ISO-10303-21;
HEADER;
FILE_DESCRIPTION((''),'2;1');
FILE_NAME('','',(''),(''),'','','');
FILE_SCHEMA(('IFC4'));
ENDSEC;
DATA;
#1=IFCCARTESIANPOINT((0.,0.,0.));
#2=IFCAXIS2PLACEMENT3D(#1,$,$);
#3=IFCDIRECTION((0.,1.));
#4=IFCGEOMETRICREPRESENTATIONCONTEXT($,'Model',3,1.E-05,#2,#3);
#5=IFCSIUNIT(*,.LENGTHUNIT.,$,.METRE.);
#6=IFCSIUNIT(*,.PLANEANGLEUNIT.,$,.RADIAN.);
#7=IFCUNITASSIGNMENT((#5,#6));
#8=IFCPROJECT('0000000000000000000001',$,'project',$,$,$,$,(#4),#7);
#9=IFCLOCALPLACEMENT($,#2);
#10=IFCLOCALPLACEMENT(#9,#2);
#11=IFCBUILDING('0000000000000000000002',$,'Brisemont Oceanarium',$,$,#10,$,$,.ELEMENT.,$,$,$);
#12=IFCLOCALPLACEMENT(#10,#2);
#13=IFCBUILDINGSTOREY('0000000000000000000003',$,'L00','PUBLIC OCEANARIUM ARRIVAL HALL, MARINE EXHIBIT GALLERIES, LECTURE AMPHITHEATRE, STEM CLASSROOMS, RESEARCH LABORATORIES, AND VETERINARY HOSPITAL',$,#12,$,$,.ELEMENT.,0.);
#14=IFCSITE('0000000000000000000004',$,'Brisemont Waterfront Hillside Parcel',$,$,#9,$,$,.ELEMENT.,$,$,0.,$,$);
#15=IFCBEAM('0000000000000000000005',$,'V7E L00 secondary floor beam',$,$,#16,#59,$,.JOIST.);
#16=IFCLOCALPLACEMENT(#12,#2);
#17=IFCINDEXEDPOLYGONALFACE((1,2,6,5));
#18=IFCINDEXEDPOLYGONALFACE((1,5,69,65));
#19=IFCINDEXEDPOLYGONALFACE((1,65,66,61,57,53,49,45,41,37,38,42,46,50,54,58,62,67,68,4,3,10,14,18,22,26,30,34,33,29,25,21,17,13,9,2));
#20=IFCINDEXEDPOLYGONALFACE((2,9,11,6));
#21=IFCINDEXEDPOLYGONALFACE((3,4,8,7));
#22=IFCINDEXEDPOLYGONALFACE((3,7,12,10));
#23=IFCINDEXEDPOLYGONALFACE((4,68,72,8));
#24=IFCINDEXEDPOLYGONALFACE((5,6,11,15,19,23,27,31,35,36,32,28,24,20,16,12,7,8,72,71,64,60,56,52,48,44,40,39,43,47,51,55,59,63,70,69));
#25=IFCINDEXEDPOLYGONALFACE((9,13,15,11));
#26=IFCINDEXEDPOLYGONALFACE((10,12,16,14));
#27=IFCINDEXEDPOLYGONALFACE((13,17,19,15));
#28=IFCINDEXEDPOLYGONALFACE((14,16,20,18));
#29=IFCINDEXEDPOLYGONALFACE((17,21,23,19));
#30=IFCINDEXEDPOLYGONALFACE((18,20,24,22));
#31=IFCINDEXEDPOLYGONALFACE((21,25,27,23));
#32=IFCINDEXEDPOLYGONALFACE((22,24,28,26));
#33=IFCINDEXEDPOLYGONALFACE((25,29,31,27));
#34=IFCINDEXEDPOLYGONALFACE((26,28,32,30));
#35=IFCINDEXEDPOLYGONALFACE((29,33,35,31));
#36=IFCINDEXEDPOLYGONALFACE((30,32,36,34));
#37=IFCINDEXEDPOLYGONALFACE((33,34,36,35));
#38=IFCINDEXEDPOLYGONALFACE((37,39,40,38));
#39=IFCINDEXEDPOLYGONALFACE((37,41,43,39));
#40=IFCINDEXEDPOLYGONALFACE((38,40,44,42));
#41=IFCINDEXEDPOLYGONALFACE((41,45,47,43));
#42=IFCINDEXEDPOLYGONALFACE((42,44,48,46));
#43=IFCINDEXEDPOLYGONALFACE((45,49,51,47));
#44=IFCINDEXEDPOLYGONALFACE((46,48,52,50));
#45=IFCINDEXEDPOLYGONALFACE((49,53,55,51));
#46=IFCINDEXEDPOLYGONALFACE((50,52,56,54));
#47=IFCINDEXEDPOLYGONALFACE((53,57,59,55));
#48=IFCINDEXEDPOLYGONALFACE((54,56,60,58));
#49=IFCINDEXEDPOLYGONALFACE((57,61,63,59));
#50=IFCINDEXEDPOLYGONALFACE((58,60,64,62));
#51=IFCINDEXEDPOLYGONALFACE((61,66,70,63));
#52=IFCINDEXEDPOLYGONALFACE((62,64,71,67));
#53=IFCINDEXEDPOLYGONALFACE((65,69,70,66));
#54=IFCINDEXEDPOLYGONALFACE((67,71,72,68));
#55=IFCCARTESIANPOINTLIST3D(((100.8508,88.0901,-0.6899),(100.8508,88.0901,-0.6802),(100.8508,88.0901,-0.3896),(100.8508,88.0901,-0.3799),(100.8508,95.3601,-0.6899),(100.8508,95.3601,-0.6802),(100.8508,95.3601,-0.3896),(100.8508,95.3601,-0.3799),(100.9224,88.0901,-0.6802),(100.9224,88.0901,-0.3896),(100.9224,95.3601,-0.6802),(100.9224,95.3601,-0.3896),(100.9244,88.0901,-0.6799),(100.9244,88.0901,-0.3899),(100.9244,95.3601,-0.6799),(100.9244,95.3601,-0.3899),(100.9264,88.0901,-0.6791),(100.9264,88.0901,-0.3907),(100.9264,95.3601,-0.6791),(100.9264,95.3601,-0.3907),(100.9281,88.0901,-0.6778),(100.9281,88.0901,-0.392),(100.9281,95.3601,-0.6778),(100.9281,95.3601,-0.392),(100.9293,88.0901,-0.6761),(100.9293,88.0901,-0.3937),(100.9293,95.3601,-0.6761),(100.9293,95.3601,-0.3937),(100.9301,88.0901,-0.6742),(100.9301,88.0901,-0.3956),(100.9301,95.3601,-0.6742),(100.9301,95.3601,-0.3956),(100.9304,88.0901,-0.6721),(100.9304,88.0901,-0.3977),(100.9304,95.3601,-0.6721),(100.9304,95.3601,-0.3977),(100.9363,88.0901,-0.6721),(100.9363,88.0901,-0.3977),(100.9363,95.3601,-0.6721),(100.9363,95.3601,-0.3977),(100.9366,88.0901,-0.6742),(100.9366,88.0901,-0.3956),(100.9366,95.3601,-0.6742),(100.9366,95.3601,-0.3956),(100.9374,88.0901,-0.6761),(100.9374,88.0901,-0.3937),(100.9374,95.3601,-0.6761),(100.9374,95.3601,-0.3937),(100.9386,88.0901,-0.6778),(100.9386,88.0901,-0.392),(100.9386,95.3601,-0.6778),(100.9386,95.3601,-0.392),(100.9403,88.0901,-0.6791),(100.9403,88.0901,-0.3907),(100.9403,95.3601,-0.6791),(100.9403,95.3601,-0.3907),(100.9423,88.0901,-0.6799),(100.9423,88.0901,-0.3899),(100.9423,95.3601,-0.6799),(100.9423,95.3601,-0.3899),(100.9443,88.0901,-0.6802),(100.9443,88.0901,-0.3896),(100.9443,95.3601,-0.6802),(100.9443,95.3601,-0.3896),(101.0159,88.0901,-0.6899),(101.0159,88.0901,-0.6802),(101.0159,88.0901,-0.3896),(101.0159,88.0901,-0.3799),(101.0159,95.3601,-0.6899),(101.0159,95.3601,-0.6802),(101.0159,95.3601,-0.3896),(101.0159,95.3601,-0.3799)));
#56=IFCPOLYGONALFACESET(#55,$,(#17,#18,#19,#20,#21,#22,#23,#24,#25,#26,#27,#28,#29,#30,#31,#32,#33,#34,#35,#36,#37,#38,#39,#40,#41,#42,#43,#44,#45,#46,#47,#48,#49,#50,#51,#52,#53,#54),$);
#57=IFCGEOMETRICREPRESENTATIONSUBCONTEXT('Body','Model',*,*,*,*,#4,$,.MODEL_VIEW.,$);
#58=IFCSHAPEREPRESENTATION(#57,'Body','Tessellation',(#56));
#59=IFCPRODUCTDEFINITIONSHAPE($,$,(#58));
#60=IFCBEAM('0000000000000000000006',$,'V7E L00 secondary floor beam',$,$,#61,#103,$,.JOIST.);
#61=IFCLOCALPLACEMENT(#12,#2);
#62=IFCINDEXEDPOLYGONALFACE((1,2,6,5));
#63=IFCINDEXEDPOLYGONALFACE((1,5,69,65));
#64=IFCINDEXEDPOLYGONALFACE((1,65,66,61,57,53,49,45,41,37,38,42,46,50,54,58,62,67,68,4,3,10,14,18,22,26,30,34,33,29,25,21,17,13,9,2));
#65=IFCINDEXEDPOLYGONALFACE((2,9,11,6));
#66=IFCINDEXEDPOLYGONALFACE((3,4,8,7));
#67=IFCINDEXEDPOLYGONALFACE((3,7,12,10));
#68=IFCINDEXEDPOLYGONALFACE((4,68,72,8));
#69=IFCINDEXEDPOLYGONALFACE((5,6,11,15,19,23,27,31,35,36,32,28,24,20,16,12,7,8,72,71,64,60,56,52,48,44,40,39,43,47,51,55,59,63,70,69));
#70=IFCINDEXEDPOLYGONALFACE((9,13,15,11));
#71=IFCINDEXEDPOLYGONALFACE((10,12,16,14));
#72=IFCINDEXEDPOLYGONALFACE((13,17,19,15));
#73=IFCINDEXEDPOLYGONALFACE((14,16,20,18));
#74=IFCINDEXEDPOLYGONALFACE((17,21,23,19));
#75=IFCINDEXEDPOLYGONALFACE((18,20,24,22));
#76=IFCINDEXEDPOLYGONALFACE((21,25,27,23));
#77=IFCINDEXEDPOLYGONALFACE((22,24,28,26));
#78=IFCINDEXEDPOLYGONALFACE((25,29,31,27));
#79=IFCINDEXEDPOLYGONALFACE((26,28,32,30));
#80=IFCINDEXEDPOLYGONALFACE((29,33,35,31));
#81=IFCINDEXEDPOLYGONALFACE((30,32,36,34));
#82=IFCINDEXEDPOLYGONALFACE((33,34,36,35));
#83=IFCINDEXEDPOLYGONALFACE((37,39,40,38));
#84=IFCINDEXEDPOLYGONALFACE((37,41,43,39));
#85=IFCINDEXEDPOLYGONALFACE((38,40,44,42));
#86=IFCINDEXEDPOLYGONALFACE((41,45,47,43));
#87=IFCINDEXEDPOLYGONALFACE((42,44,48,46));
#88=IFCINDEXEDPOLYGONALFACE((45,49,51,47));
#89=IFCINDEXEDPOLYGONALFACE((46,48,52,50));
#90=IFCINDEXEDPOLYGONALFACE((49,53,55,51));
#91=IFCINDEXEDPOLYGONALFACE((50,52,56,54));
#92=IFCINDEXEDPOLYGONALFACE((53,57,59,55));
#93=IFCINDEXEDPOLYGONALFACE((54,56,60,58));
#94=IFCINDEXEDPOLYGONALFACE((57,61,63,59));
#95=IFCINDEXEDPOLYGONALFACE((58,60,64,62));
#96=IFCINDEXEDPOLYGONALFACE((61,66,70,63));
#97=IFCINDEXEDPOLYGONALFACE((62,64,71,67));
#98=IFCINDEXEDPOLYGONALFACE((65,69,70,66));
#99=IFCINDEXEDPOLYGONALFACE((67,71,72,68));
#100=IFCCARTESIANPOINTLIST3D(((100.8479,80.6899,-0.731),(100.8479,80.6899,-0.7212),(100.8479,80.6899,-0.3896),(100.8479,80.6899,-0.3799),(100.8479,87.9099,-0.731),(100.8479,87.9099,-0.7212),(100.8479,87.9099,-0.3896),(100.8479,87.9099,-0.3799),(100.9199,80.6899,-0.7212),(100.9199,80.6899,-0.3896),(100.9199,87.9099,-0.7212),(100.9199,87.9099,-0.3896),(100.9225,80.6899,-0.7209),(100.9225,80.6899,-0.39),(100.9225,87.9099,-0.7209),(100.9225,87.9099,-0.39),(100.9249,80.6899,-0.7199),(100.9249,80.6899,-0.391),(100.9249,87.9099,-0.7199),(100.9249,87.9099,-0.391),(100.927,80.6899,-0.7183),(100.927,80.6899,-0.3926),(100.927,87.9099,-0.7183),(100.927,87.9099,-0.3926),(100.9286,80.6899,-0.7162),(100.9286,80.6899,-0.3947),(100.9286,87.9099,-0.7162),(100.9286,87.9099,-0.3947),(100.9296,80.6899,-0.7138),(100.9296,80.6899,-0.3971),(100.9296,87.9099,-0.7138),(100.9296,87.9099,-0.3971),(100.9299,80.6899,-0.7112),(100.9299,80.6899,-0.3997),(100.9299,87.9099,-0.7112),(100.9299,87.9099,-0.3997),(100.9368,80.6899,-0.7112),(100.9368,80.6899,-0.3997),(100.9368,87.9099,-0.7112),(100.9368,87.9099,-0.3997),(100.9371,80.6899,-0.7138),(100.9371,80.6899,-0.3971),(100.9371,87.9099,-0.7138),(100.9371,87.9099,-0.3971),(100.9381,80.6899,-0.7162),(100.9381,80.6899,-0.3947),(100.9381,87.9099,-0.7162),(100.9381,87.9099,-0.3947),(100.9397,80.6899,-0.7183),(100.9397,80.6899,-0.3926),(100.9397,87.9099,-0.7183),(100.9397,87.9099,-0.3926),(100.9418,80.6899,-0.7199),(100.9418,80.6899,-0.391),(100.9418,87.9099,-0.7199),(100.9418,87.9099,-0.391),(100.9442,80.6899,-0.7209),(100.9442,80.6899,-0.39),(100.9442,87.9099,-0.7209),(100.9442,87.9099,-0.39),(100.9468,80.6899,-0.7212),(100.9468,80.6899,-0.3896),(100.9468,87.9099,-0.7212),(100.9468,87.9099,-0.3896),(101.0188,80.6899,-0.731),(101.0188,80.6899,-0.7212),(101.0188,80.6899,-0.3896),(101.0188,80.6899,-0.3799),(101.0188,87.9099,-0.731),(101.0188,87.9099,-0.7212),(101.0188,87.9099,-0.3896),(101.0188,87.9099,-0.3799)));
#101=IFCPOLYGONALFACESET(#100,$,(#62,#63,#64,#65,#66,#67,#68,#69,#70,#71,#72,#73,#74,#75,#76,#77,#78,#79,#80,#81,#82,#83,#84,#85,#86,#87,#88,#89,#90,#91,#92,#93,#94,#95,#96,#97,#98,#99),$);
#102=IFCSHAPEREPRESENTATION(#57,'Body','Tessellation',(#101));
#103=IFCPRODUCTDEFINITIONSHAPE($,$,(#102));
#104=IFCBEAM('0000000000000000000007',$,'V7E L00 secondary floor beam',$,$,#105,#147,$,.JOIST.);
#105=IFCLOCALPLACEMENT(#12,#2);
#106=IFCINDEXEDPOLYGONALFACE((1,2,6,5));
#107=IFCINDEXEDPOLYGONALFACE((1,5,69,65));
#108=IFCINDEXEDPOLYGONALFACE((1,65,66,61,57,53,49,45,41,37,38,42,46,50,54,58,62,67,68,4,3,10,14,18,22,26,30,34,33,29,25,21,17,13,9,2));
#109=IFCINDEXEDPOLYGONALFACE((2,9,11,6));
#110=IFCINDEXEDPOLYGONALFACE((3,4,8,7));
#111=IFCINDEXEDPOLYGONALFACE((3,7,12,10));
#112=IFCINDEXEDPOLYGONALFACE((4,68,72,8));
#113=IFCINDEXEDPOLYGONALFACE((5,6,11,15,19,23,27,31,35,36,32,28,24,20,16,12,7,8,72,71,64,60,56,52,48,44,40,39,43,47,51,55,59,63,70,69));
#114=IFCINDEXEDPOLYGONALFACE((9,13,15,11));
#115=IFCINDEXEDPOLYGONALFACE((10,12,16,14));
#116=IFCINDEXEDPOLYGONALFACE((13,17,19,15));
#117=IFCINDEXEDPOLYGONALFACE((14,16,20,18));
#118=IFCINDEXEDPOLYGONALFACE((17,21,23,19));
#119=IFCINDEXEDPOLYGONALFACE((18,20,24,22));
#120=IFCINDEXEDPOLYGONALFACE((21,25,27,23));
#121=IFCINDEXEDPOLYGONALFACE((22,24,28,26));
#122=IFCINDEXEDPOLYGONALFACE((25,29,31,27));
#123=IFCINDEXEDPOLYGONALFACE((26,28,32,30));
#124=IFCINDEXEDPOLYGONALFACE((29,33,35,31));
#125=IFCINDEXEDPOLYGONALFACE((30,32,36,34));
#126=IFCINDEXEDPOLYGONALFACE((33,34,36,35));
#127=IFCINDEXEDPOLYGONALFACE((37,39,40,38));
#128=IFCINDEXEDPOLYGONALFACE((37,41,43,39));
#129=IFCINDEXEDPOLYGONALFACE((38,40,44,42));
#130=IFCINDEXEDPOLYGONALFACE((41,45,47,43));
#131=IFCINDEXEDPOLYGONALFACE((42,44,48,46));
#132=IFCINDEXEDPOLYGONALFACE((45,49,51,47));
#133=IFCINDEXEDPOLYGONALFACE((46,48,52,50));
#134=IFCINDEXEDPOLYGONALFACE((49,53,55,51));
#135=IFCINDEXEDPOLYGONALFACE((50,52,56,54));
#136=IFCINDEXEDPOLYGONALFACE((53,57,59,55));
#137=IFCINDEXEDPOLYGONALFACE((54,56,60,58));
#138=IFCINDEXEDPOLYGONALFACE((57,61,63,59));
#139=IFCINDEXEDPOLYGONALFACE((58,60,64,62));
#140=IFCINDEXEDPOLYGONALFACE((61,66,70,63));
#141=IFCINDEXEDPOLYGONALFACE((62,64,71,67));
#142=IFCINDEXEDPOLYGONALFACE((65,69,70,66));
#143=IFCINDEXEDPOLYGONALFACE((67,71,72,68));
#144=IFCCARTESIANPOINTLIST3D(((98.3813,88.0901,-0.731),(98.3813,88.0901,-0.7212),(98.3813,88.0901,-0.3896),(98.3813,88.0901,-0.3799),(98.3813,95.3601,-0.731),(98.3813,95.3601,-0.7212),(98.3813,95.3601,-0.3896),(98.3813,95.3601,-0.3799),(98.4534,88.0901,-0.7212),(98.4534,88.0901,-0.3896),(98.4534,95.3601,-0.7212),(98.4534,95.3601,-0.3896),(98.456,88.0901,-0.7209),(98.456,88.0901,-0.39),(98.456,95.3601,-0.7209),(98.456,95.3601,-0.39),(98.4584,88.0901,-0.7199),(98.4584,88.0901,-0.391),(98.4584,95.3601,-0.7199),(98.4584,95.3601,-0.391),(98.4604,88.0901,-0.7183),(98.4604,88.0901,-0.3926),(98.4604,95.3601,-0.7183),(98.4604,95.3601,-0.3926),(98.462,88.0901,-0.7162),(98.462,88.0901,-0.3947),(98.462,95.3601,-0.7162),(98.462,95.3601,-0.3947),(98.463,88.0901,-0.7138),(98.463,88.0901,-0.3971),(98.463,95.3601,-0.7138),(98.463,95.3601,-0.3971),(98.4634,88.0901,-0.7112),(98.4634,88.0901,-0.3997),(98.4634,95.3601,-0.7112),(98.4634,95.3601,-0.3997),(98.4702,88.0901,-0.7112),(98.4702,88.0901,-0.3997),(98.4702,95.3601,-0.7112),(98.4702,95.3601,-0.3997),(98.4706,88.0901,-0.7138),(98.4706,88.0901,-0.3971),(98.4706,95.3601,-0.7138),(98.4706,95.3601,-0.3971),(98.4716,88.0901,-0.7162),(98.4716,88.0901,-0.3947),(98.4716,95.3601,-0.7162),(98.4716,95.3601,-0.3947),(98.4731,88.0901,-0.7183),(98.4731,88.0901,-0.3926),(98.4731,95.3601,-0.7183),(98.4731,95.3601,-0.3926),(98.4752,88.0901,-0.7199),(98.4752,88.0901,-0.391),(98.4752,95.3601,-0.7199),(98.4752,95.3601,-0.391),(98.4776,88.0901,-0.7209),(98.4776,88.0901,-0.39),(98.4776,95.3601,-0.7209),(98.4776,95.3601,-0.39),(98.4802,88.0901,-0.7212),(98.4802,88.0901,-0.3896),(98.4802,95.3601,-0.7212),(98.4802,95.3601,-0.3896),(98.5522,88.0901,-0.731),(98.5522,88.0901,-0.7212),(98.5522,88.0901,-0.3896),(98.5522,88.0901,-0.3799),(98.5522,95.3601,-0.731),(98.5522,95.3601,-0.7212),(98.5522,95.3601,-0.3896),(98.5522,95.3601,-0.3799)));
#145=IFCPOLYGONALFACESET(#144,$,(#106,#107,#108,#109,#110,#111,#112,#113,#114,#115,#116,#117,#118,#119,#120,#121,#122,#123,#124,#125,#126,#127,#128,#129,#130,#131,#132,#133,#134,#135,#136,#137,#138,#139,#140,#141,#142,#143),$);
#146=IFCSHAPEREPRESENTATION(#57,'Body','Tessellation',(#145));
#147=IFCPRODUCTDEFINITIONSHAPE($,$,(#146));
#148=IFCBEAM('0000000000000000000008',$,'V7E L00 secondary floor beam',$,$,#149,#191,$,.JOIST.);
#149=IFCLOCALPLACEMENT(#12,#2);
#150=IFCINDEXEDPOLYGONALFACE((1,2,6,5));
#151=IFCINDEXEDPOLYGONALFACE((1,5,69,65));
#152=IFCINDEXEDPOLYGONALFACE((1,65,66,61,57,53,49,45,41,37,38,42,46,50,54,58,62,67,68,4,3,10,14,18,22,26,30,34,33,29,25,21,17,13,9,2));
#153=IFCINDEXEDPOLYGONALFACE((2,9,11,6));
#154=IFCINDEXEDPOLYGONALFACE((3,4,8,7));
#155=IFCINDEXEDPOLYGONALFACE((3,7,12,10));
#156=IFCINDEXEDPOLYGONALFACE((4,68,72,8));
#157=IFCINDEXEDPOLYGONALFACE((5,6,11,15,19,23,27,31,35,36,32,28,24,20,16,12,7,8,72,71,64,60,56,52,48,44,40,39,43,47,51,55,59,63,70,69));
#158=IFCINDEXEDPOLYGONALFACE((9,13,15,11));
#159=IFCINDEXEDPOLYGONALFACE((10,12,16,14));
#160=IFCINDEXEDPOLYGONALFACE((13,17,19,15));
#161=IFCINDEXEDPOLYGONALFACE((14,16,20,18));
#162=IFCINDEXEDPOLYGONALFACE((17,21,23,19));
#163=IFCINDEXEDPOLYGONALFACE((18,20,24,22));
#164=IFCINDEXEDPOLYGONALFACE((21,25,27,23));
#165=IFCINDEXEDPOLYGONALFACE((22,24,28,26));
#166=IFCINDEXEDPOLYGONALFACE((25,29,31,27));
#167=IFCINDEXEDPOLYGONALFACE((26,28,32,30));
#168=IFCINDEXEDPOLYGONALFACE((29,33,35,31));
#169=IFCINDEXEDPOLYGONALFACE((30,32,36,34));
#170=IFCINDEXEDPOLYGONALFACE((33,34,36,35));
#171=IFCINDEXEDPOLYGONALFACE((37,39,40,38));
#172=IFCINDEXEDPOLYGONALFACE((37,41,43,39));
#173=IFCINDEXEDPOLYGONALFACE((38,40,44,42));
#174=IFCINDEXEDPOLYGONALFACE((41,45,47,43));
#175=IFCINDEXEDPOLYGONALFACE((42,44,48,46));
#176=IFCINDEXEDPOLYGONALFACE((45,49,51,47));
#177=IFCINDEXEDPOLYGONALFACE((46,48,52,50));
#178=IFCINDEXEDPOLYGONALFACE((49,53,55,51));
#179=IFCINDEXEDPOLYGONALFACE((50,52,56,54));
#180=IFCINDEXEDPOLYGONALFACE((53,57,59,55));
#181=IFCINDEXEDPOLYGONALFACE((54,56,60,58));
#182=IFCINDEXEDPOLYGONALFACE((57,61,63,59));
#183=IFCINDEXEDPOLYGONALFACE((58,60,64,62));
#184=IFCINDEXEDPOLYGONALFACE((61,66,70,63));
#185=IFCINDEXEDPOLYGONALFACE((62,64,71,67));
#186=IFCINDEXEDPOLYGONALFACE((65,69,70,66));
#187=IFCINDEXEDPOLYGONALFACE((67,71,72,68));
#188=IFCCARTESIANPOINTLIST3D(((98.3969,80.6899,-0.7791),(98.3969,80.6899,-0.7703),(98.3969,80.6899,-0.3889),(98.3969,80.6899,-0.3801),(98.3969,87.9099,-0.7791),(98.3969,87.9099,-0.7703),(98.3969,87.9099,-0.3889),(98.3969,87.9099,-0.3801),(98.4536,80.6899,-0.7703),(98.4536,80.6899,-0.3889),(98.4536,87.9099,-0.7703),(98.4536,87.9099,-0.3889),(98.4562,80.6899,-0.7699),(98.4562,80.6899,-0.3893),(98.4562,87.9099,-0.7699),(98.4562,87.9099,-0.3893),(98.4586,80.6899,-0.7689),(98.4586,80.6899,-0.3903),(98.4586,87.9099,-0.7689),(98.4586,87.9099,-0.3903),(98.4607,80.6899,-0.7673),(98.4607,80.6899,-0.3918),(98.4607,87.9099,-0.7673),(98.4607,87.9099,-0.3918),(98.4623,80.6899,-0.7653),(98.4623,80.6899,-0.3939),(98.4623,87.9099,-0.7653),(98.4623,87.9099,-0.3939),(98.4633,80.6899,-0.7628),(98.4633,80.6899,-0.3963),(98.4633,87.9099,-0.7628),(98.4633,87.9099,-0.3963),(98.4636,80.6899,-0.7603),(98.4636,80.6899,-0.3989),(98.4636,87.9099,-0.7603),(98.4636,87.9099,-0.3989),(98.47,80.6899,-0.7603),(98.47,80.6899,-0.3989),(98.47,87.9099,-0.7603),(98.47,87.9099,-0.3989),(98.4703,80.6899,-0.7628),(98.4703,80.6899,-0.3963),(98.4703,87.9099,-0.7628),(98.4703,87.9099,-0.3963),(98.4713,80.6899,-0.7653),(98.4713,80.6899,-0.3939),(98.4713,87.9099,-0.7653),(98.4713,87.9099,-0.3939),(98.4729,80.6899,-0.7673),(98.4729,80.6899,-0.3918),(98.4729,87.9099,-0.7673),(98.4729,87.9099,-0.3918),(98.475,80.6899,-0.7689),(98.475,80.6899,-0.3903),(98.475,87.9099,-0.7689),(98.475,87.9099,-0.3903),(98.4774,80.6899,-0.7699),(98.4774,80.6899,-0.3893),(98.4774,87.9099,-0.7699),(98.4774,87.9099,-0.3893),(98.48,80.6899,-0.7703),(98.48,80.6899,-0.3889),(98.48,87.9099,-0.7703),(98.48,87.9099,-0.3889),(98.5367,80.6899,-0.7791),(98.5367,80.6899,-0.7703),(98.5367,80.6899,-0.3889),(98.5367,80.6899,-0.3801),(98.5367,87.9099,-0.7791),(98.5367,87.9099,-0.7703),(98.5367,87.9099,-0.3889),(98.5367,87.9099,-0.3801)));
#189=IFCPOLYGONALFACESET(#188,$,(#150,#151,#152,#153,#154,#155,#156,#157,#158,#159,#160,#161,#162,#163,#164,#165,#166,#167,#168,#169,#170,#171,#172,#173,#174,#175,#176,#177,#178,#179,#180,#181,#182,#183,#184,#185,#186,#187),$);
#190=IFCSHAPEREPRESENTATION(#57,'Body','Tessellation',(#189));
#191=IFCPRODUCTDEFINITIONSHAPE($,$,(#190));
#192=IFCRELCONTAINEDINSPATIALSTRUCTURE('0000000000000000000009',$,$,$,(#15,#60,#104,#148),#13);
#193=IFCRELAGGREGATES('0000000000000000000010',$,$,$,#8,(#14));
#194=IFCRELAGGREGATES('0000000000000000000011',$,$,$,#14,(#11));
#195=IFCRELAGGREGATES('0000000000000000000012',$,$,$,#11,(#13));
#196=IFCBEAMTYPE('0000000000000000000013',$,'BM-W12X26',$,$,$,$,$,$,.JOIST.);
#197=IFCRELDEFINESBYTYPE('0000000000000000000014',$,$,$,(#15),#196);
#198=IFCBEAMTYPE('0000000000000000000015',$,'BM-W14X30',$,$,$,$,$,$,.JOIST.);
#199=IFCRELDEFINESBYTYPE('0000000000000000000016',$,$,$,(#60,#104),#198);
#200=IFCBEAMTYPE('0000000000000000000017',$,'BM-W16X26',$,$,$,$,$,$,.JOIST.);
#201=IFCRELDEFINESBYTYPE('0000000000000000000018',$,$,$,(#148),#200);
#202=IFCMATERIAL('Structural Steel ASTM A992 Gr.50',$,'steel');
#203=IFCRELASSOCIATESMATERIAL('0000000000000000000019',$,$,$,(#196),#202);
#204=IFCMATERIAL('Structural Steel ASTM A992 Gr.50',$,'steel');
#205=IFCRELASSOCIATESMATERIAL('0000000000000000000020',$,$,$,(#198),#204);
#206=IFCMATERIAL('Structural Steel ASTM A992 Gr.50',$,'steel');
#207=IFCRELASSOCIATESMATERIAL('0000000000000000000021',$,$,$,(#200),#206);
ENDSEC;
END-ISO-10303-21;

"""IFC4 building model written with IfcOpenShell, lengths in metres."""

from ifc_helpers import new_model, si_unit, direction, frame, origin, origin_2d, place, context, subcontext, project, spatial, i_section, extrude, material, material_profile, profile_set, type_object, element, save


model = new_model("IFC4")

# Units and contexts
model_context = context("Model", 3, precision=1e-05, world=origin(), true_north=direction((0.0, 1.0)))
body_context = subcontext(model_context, "Body", "Model", "MODEL_VIEW")
ifc_project = project(units=[si_unit("LENGTHUNIT", "METRE"), si_unit("PLANEANGLEUNIT", "RADIAN")], contexts=[model_context])

# Site, building, storey
site_placement = place(None, origin())
site = spatial("IfcSite", under=ifc_project, at=site_placement, Name="Brisemont Waterfront Hillside Parcel", CompositionType="ELEMENT", RefElevation=0.0)
building_placement = place(site_placement, origin())
building = spatial("IfcBuilding", under=site, at=building_placement, Name="Brisemont Oceanarium", CompositionType="ELEMENT")
storey_placement = place(building_placement, origin())
storey = spatial("IfcBuildingStorey", under=building, at=storey_placement, Name="L00", Description="PUBLIC OCEANARIUM ARRIVAL HALL, MARINE EXHIBIT GALLERIES, LECTURE AMPHITHEATRE, STEM CLASSROOMS, RESEARCH LABORATORIES, AND VETERINARY HOSPITAL", CompositionType="ELEMENT", Elevation=0.0)

# Beams
ifc_material_1 = material(Name="Structural Steel ASTM A992 Gr.50", Category="steel")
ifc_material_profile_1 = material_profile(ifc_material_1, i_section(OverallWidth=0.165, OverallDepth=0.3101, WebThickness=0.0059, FlangeThickness=0.0098, FilletRadius=0.0081, at=origin_2d()), Name="W12X26")
ifc_profile_set_1 = profile_set([ifc_material_profile_1], Name="Structural Steel ASTM A992 Gr.50")
beam_type_1 = type_object("IfcBeamType", Name="BM-W12X26", PredefinedType="JOIST", material=ifc_profile_set_1)
beam_1_placement = place(storey_placement, frame((100.9333, 88.0901, -0.5349), z_axis=(0.0, 1.0, 0.0), x_axis=(-1.0, 0.0, 0.0)))
element("IfcBeam", 1, at=beam_1_placement, inside=storey, type_object=beam_type_1, Name="V7E L00 secondary floor beam", PredefinedType="JOIST", context=body_context, shape_type="SweptSolid", body=[
    extrude(i_section(OverallWidth=0.165, OverallDepth=0.3101, WebThickness=0.0059, FlangeThickness=0.0098, FilletRadius=0.0081, at=origin_2d()), origin(), (0.0, 0.0, 1.0), 7.27),
])
ifc_material_2 = material(Name="Structural Steel ASTM A992 Gr.50", Category="steel")
ifc_material_profile_2 = material_profile(ifc_material_2, i_section(OverallWidth=0.1709, OverallDepth=0.3511, WebThickness=0.0068, FlangeThickness=0.0098, FilletRadius=0.01, at=origin_2d()), Name="W14X30")
ifc_profile_set_2 = profile_set([ifc_material_profile_2], Name="Structural Steel ASTM A992 Gr.50")
beam_type_2 = type_object("IfcBeamType", Name="BM-W14X30", PredefinedType="JOIST", material=ifc_profile_set_2)
beam_2_placement = place(storey_placement, frame((100.9333, 80.6899, -0.5554), z_axis=(0.0, 1.0, 0.0), x_axis=(-1.0, 0.0, 0.0)))
element("IfcBeam", 2, at=beam_2_placement, inside=storey, type_object=beam_type_2, Name="V7E L00 secondary floor beam", PredefinedType="JOIST", context=body_context, shape_type="SweptSolid", body=[
    extrude(i_section(OverallWidth=0.1709, OverallDepth=0.3511, WebThickness=0.0068, FlangeThickness=0.0098, FilletRadius=0.01, at=origin_2d()), origin(), (0.0, 0.0, 1.0), 7.22),
])
beam_3_placement = place(storey_placement, frame((98.4668, 88.0901, -0.5554), z_axis=(0.0, 1.0, 0.0), x_axis=(-1.0, 0.0, 0.0)))
element("IfcBeam", 3, at=beam_3_placement, inside=storey, type_object=beam_type_2, Name="V7E L00 secondary floor beam", PredefinedType="JOIST", context=body_context, shape_type="SweptSolid", body=[
    extrude(i_section(OverallWidth=0.1709, OverallDepth=0.3511, WebThickness=0.0068, FlangeThickness=0.0098, FilletRadius=0.01, at=origin_2d()), origin(), (0.0, 0.0, 1.0), 7.27),
])
ifc_material_3 = material(Name="Structural Steel ASTM A992 Gr.50", Category="steel")
ifc_material_profile_3 = material_profile(ifc_material_3, i_section(OverallWidth=0.1399, OverallDepth=0.3989, WebThickness=0.0063, FlangeThickness=0.0088, FilletRadius=0.01, at=origin_2d()), Name="W16X26")
ifc_profile_set_3 = profile_set([ifc_material_profile_3], Name="Structural Steel ASTM A992 Gr.50")
beam_type_3 = type_object("IfcBeamType", Name="BM-W16X26", PredefinedType="JOIST", material=ifc_profile_set_3)
beam_4_placement = place(storey_placement, frame((98.4668, 80.6899, -0.5796), z_axis=(0.0, 1.0, 0.0), x_axis=(-1.0, 0.0, 0.0)))
element("IfcBeam", 4, at=beam_4_placement, inside=storey, type_object=beam_type_3, Name="V7E L00 secondary floor beam", PredefinedType="JOIST", context=body_context, shape_type="SweptSolid", body=[
    extrude(i_section(OverallWidth=0.1399, OverallDepth=0.3989, WebThickness=0.0063, FlangeThickness=0.0088, FilletRadius=0.01, at=origin_2d()), origin(), (0.0, 0.0, 1.0), 7.22),
])

save(model, "model.ifc")
